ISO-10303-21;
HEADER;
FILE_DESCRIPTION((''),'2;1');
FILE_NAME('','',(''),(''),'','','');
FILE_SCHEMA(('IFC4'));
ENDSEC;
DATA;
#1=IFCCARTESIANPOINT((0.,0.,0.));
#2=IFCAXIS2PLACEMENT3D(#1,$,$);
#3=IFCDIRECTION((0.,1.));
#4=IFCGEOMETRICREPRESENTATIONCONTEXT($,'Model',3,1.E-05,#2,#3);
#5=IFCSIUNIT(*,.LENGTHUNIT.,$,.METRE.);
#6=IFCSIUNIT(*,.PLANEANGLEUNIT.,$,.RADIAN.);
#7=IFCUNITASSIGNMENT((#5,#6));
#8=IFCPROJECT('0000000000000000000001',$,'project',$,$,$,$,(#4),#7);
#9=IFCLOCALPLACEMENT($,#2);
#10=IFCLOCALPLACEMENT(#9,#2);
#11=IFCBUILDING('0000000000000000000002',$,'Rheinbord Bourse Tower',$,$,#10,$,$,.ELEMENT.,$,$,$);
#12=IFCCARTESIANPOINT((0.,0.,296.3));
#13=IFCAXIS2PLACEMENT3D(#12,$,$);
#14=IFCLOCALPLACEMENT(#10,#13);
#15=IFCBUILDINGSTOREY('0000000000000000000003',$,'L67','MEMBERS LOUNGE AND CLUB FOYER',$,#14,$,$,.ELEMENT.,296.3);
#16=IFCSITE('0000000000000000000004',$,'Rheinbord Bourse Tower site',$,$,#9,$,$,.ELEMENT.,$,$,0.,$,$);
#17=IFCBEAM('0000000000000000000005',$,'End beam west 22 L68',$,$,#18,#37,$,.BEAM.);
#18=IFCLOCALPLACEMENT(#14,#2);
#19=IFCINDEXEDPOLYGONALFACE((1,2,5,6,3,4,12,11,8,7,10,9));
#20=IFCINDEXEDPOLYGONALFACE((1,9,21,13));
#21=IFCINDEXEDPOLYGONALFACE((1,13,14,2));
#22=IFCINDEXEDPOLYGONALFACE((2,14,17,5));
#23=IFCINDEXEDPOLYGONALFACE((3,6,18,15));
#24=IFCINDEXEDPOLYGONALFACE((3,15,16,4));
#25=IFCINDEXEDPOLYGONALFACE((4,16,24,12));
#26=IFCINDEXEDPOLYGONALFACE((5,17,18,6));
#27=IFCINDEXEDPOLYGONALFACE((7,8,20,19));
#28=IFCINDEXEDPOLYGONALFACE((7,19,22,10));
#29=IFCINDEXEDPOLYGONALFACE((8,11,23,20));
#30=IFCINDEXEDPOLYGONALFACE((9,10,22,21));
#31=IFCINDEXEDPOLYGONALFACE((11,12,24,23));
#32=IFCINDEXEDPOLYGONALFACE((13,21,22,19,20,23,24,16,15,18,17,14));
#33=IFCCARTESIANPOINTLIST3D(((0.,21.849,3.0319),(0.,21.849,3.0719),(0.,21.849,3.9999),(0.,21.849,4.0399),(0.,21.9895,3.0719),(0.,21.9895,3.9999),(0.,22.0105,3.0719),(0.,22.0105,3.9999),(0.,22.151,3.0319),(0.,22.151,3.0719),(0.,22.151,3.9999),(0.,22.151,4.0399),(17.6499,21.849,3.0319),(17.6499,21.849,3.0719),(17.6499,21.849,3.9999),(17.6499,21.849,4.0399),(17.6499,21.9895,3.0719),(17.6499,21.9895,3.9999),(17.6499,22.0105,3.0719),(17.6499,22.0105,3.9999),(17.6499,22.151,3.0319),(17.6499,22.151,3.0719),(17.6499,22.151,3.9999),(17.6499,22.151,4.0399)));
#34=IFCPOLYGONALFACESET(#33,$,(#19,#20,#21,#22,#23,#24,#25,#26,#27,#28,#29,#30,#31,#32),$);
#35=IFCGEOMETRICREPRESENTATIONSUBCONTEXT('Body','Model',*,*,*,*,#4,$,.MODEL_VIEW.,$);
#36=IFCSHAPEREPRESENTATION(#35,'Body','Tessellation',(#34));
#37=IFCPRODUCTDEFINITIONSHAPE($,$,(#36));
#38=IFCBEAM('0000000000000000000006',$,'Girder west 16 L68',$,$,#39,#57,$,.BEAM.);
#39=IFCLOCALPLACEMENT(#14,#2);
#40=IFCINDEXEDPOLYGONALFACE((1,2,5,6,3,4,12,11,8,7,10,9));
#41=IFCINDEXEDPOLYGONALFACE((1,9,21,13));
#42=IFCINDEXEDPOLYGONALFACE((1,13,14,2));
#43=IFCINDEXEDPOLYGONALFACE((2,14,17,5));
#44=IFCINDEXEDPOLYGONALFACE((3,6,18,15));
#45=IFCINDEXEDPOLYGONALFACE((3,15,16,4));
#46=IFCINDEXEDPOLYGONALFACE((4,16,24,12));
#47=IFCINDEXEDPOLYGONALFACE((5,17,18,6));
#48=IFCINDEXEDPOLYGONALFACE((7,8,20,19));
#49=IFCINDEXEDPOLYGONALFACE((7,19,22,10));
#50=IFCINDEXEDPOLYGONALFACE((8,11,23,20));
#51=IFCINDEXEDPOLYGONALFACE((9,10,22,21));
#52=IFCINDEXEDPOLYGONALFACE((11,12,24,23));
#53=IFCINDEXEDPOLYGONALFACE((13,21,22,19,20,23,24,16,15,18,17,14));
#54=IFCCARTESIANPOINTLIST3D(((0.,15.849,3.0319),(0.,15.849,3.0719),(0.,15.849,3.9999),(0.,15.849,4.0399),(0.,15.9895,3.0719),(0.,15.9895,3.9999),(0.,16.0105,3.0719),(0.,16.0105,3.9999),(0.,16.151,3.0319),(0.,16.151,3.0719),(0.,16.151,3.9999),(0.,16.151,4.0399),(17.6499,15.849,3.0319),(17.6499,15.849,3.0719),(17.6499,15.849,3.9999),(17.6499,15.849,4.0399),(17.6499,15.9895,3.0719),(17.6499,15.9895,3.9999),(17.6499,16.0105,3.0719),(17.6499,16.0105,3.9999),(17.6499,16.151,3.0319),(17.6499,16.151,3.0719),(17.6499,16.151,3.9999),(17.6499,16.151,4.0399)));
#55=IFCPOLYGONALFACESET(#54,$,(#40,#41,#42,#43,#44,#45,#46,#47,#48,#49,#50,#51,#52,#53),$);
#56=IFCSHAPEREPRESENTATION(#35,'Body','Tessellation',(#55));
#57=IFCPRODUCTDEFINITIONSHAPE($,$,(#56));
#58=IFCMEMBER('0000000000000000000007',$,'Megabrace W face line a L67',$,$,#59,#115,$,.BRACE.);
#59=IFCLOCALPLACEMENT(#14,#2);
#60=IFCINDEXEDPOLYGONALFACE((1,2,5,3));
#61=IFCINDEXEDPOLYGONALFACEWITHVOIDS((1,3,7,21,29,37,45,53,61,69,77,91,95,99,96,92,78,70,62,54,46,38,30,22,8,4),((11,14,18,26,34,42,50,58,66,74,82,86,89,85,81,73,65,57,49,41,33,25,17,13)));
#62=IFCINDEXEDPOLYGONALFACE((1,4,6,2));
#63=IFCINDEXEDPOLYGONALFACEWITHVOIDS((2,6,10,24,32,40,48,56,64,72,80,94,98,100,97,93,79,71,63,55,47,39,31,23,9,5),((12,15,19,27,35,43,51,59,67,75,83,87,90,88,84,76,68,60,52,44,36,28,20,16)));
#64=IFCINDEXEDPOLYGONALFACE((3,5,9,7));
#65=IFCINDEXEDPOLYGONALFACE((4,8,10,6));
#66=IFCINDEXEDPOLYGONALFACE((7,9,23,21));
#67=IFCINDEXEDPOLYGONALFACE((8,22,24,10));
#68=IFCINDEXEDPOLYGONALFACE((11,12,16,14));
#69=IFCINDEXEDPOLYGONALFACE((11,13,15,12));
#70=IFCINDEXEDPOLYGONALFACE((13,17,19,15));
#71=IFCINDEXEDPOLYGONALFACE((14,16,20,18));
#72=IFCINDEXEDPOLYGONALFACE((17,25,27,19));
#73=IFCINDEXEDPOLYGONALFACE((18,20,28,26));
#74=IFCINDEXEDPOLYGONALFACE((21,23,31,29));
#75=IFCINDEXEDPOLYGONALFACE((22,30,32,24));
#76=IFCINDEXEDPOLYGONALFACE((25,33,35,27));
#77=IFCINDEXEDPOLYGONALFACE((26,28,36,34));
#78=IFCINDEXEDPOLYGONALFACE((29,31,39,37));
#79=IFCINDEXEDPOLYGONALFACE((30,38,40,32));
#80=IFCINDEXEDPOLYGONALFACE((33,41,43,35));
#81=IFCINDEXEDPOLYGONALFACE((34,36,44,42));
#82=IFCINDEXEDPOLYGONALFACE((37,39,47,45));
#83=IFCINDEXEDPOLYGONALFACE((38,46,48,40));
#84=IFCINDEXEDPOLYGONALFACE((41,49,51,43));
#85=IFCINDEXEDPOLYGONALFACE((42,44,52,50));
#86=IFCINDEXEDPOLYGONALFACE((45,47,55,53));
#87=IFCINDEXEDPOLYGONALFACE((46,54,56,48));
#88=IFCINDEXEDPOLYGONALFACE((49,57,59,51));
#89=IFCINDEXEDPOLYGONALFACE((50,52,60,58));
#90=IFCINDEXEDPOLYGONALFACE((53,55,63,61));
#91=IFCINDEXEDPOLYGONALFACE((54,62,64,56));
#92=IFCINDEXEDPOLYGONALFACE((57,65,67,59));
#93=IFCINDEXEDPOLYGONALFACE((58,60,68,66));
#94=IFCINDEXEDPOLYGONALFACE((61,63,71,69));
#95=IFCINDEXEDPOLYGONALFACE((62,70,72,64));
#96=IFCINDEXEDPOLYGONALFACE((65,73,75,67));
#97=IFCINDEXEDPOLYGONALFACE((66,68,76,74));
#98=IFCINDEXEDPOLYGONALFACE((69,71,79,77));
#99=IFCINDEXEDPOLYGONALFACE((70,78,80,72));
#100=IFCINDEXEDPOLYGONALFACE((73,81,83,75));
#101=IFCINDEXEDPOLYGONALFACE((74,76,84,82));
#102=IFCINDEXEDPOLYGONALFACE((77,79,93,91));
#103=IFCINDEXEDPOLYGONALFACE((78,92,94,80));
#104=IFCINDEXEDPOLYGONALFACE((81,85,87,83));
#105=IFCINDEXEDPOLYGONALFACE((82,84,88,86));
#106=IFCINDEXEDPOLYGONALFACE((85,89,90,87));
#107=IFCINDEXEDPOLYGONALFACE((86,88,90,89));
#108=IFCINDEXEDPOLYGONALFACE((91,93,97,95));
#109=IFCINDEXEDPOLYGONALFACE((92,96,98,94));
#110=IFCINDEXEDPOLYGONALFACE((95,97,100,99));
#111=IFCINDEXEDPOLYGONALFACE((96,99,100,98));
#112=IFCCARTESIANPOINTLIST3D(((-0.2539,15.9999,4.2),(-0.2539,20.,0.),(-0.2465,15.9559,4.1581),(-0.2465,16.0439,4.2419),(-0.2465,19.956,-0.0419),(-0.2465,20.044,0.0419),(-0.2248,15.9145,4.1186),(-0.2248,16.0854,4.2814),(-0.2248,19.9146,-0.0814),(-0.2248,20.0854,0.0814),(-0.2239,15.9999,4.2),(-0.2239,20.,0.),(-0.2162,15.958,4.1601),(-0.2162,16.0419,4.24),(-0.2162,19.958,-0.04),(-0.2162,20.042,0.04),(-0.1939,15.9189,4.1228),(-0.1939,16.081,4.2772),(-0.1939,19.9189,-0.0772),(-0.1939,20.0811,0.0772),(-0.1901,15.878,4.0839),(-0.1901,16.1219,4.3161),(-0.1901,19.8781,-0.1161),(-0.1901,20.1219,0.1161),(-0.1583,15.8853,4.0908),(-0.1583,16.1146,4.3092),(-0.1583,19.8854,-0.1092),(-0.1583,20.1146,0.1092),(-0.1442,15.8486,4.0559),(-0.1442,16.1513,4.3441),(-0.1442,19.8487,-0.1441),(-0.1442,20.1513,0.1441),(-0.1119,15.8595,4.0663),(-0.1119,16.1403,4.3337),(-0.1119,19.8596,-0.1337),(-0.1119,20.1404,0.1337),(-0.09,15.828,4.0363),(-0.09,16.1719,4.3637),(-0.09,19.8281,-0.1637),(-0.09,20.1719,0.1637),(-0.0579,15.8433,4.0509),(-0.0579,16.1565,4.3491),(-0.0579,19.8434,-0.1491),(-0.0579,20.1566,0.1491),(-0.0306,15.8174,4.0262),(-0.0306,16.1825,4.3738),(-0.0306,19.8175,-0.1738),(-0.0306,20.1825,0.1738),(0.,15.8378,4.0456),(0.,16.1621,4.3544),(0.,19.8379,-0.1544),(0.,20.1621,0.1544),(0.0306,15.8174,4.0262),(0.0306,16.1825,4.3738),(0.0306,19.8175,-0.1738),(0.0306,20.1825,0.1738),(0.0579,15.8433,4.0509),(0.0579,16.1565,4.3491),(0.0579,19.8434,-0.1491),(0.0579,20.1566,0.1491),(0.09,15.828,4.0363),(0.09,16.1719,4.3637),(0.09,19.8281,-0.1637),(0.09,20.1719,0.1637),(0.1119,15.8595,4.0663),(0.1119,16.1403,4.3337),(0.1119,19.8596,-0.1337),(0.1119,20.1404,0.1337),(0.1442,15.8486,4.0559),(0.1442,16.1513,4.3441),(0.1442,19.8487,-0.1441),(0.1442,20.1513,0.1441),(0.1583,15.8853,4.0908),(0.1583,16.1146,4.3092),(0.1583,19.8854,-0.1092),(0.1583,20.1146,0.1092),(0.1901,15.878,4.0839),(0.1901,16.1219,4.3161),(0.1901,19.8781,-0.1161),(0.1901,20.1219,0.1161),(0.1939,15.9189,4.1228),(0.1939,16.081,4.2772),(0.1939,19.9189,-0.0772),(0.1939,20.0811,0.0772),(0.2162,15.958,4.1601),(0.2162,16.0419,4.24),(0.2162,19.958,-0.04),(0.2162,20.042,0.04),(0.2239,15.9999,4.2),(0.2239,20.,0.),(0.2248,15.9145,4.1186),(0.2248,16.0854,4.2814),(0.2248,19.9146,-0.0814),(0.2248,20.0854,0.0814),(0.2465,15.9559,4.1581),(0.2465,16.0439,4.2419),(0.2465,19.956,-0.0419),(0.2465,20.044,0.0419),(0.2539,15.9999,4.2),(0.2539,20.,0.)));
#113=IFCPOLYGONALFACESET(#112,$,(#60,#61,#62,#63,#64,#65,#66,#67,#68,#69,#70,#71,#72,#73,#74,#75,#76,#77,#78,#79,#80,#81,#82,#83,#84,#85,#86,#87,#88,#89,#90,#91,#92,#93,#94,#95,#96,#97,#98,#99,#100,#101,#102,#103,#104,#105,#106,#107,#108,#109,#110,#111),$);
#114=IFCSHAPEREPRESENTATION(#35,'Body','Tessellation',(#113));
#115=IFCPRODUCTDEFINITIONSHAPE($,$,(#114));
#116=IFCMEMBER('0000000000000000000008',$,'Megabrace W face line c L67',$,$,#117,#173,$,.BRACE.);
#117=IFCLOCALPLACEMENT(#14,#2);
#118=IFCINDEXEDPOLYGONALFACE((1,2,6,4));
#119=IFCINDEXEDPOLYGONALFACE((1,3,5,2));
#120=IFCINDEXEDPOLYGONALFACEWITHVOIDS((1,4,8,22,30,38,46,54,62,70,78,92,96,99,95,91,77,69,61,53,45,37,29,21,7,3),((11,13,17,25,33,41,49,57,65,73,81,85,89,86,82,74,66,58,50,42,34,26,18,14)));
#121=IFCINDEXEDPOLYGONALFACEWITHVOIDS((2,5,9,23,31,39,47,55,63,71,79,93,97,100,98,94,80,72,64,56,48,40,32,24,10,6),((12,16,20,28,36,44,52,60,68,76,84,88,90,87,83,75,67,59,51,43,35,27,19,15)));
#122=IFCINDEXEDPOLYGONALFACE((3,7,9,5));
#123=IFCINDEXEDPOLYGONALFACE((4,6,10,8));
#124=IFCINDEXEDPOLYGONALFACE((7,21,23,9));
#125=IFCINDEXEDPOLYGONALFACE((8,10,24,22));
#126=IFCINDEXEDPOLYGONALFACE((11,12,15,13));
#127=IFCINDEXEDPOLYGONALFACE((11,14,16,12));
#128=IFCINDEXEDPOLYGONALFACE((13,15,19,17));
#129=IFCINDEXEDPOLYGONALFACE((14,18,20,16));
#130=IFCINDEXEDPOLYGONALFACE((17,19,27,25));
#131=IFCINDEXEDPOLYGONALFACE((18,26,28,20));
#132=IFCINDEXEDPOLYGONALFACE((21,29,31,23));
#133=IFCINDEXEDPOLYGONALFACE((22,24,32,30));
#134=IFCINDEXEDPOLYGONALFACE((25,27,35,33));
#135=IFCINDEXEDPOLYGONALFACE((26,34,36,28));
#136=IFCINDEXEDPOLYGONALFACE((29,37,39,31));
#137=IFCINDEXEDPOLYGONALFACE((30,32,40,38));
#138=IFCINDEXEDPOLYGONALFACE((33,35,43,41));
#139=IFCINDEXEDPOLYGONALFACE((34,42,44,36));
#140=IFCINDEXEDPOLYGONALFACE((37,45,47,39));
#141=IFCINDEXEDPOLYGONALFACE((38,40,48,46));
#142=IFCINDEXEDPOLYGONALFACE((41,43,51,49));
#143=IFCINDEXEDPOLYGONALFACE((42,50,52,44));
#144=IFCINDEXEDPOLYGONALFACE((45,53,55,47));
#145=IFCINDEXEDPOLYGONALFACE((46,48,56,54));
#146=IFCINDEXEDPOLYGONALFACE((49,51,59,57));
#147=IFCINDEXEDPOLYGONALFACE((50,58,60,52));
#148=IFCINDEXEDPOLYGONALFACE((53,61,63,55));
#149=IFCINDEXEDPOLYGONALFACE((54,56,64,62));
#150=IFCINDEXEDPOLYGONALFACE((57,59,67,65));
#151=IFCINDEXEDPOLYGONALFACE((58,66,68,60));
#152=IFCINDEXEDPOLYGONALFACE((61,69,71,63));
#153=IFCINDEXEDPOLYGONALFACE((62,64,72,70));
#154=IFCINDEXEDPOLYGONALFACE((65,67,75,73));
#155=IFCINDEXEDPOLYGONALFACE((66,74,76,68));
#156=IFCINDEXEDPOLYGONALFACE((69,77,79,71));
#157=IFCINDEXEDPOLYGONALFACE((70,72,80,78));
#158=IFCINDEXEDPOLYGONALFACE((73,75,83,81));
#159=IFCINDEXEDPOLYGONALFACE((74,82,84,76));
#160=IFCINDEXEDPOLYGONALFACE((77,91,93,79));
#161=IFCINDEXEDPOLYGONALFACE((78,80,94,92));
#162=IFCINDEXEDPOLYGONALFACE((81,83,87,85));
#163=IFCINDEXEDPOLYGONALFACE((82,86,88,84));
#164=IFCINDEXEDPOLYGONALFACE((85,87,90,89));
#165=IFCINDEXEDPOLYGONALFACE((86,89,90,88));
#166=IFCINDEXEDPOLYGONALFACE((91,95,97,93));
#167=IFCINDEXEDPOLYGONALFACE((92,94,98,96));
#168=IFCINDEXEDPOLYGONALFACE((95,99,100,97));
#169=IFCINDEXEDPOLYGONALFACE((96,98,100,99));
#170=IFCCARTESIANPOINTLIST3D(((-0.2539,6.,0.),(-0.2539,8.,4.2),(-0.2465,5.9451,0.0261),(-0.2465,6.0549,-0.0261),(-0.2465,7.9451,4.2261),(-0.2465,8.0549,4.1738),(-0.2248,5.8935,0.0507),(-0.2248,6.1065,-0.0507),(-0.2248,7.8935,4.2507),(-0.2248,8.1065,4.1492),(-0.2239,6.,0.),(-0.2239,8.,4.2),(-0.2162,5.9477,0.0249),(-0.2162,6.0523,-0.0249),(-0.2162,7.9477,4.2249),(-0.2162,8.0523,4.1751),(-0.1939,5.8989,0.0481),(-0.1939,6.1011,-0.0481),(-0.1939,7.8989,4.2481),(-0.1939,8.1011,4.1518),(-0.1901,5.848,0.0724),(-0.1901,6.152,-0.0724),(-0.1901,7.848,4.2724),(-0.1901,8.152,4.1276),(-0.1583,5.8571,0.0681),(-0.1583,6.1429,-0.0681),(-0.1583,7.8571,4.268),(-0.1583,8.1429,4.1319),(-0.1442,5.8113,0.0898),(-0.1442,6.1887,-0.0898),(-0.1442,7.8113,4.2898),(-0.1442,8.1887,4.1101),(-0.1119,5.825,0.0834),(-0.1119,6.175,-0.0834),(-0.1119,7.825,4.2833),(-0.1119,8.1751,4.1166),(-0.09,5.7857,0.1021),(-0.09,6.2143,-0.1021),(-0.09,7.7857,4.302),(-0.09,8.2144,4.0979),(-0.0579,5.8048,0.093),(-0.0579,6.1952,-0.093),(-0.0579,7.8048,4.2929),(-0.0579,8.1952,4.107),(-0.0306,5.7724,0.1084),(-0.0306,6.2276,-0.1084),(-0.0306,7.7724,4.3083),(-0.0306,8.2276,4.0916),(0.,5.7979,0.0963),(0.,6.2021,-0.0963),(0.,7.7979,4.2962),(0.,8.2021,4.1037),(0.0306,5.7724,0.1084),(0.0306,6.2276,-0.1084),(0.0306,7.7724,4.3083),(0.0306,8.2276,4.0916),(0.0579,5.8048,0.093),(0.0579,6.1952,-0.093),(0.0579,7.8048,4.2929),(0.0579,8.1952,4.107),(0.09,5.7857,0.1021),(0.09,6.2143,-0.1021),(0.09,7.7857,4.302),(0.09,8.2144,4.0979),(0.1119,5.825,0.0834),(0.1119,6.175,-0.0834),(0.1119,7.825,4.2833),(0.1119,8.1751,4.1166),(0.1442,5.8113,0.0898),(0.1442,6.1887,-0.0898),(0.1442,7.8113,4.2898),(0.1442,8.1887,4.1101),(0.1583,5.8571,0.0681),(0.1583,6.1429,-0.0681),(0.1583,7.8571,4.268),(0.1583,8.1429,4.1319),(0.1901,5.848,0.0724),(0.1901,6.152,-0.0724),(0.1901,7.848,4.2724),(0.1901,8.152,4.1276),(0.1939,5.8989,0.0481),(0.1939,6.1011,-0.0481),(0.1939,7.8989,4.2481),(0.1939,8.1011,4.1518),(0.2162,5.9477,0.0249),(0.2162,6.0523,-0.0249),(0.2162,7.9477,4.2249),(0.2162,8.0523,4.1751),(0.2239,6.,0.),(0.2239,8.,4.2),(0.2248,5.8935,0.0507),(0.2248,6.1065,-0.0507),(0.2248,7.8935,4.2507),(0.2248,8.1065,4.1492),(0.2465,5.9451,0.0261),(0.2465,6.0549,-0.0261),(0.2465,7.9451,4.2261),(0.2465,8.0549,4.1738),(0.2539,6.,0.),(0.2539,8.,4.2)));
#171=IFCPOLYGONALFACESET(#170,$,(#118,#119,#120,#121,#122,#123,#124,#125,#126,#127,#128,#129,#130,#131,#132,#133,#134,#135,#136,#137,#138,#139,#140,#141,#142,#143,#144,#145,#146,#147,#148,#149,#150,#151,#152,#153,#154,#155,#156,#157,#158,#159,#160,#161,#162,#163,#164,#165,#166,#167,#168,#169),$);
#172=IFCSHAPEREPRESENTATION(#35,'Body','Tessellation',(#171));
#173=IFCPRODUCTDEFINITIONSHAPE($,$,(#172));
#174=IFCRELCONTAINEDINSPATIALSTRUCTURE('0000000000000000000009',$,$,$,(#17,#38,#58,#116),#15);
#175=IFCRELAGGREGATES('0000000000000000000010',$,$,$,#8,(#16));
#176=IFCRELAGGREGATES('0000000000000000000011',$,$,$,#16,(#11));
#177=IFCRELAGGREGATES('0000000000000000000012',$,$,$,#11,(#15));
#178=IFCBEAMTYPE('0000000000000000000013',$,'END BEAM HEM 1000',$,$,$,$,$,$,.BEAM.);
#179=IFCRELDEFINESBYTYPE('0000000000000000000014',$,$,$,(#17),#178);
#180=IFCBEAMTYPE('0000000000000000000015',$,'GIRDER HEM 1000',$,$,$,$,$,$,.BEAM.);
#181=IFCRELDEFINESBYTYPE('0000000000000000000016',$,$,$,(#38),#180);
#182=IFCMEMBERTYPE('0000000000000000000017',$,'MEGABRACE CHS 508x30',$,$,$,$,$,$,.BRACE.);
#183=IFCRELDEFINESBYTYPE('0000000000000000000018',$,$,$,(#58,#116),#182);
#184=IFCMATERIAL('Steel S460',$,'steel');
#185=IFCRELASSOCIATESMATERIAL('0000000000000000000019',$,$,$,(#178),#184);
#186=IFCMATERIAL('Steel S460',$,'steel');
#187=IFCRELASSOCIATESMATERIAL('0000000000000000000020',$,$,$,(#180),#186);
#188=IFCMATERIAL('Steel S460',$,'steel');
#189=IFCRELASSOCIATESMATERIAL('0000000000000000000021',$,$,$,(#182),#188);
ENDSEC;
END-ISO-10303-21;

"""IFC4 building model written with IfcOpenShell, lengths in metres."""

from ifc_helpers import new_model, si_unit, direction, frame, origin, origin_2d, place, context, subcontext, project, spatial, hollow_circle, i_section, extrude, material, material_profile, profile_set, type_object, element, save


model = new_model("IFC4")

# Units and contexts
model_context = context("Model", 3, precision=1e-05, world=origin(), true_north=direction((0.0, 1.0)))
body_context = subcontext(model_context, "Body", "Model", "MODEL_VIEW")
ifc_project = project(units=[si_unit("LENGTHUNIT", "METRE"), si_unit("PLANEANGLEUNIT", "RADIAN")], contexts=[model_context])

# Site, building, storey
site_placement = place(None, origin())
site = spatial("IfcSite", under=ifc_project, at=site_placement, Name="Rheinbord Bourse Tower site", CompositionType="ELEMENT", RefElevation=0.0)
building_placement = place(site_placement, origin())
building = spatial("IfcBuilding", under=site, at=building_placement, Name="Rheinbord Bourse Tower", CompositionType="ELEMENT")
storey_placement = place(building_placement, frame((0.0, 0.0, 296.3)))
storey = spatial("IfcBuildingStorey", under=building, at=storey_placement, Name="L67", Description="MEMBERS LOUNGE AND CLUB FOYER", CompositionType="ELEMENT", Elevation=296.3)

# Beams
ifc_material_1 = material(Name="Steel S460", Category="steel")
ifc_material_profile_1 = material_profile(ifc_material_1, i_section(OverallWidth=0.302, OverallDepth=1.0081, WebThickness=0.021, FlangeThickness=0.04, at=origin_2d()), Name="HEM 1000")
ifc_profile_set_1 = profile_set([ifc_material_profile_1], Name="Steel S460")
beam_type_1 = type_object("IfcBeamType", Name="END BEAM HEM 1000", PredefinedType="BEAM", material=ifc_profile_set_1)
for number, where, z_axis, x_axis, name in (
    (1, (0.0, 22.0, 3.5359), (1.0, 0.0, 0.0), (0.0, 1.0, 0.0), "End beam west 22 L68"),
):
    element("IfcBeam", number, at=place(storey_placement, frame(where, z_axis=z_axis, x_axis=x_axis)), inside=storey, type_object=beam_type_1, Name=name, PredefinedType="BEAM", context=body_context, shape_type="SweptSolid", body=[
        extrude(i_section(OverallWidth=0.302, OverallDepth=1.0081, WebThickness=0.021, FlangeThickness=0.04, at=origin_2d()), origin(), (0.0, 0.0, 1.0), 17.6499),
    ])
ifc_material_2 = material(Name="Steel S460", Category="steel")
ifc_material_profile_2 = material_profile(ifc_material_2, i_section(OverallWidth=0.302, OverallDepth=1.0081, WebThickness=0.021, FlangeThickness=0.04, at=origin_2d()), Name="HEM 1000")
ifc_profile_set_2 = profile_set([ifc_material_profile_2], Name="Steel S460")
beam_type_2 = type_object("IfcBeamType", Name="GIRDER HEM 1000", PredefinedType="BEAM", material=ifc_profile_set_2)
beam_1_placement = place(storey_placement, frame((0.0, 16.0, 3.5359), z_axis=(1.0, 0.0, 0.0), x_axis=(0.0, 1.0, 0.0)))
element("IfcBeam", 2, at=beam_1_placement, inside=storey, type_object=beam_type_2, Name="Girder west 16 L68", PredefinedType="BEAM", context=body_context, shape_type="SweptSolid", body=[
    extrude(i_section(OverallWidth=0.302, OverallDepth=1.0081, WebThickness=0.021, FlangeThickness=0.04, at=origin_2d()), origin(), (0.0, 0.0, 1.0), 17.6499),
])

# Members
ifc_material_3 = material(Name="Steel S460", Category="steel")
ifc_material_profile_3 = material_profile(ifc_material_3, hollow_circle(Radius=0.2539, WallThickness=0.03, at=origin_2d()), Name="CHS 508x30")
ifc_profile_set_3 = profile_set([ifc_material_profile_3], Name="Steel S460")
member_type_1 = type_object("IfcMemberType", Name="MEGABRACE CHS 508x30", PredefinedType="BRACE", material=ifc_profile_set_3)
member_1_placement = place(storey_placement, frame((0.0, 20.0, 0.0), z_axis=(0.0, -0.689659, 0.724134), x_axis=(1.0, 0.0, 0.0)))
element("IfcMember", 3, at=member_1_placement, inside=storey, type_object=member_type_1, Name="Megabrace W face line a L67", PredefinedType="BRACE", context=body_context, shape_type="SweptSolid", body=[
    extrude(hollow_circle(Radius=0.2539, WallThickness=0.03, at=origin_2d()), origin(), (0.0, 0.0, 1.0), 5.8),
])
member_2_placement = place(storey_placement, frame((0.0, 6.0, 0.0), z_axis=(0.0, 0.429938, 0.902859), x_axis=(-1.0, 0.0, 0.0)))
element("IfcMember", 4, at=member_2_placement, inside=storey, type_object=member_type_1, Name="Megabrace W face line c L67", PredefinedType="BRACE", context=body_context, shape_type="SweptSolid", body=[
    extrude(hollow_circle(Radius=0.2539, WallThickness=0.03, at=origin_2d()), origin(), (0.0, 0.0, 1.0), 4.6519),
])

save(model, "model.ifc")
